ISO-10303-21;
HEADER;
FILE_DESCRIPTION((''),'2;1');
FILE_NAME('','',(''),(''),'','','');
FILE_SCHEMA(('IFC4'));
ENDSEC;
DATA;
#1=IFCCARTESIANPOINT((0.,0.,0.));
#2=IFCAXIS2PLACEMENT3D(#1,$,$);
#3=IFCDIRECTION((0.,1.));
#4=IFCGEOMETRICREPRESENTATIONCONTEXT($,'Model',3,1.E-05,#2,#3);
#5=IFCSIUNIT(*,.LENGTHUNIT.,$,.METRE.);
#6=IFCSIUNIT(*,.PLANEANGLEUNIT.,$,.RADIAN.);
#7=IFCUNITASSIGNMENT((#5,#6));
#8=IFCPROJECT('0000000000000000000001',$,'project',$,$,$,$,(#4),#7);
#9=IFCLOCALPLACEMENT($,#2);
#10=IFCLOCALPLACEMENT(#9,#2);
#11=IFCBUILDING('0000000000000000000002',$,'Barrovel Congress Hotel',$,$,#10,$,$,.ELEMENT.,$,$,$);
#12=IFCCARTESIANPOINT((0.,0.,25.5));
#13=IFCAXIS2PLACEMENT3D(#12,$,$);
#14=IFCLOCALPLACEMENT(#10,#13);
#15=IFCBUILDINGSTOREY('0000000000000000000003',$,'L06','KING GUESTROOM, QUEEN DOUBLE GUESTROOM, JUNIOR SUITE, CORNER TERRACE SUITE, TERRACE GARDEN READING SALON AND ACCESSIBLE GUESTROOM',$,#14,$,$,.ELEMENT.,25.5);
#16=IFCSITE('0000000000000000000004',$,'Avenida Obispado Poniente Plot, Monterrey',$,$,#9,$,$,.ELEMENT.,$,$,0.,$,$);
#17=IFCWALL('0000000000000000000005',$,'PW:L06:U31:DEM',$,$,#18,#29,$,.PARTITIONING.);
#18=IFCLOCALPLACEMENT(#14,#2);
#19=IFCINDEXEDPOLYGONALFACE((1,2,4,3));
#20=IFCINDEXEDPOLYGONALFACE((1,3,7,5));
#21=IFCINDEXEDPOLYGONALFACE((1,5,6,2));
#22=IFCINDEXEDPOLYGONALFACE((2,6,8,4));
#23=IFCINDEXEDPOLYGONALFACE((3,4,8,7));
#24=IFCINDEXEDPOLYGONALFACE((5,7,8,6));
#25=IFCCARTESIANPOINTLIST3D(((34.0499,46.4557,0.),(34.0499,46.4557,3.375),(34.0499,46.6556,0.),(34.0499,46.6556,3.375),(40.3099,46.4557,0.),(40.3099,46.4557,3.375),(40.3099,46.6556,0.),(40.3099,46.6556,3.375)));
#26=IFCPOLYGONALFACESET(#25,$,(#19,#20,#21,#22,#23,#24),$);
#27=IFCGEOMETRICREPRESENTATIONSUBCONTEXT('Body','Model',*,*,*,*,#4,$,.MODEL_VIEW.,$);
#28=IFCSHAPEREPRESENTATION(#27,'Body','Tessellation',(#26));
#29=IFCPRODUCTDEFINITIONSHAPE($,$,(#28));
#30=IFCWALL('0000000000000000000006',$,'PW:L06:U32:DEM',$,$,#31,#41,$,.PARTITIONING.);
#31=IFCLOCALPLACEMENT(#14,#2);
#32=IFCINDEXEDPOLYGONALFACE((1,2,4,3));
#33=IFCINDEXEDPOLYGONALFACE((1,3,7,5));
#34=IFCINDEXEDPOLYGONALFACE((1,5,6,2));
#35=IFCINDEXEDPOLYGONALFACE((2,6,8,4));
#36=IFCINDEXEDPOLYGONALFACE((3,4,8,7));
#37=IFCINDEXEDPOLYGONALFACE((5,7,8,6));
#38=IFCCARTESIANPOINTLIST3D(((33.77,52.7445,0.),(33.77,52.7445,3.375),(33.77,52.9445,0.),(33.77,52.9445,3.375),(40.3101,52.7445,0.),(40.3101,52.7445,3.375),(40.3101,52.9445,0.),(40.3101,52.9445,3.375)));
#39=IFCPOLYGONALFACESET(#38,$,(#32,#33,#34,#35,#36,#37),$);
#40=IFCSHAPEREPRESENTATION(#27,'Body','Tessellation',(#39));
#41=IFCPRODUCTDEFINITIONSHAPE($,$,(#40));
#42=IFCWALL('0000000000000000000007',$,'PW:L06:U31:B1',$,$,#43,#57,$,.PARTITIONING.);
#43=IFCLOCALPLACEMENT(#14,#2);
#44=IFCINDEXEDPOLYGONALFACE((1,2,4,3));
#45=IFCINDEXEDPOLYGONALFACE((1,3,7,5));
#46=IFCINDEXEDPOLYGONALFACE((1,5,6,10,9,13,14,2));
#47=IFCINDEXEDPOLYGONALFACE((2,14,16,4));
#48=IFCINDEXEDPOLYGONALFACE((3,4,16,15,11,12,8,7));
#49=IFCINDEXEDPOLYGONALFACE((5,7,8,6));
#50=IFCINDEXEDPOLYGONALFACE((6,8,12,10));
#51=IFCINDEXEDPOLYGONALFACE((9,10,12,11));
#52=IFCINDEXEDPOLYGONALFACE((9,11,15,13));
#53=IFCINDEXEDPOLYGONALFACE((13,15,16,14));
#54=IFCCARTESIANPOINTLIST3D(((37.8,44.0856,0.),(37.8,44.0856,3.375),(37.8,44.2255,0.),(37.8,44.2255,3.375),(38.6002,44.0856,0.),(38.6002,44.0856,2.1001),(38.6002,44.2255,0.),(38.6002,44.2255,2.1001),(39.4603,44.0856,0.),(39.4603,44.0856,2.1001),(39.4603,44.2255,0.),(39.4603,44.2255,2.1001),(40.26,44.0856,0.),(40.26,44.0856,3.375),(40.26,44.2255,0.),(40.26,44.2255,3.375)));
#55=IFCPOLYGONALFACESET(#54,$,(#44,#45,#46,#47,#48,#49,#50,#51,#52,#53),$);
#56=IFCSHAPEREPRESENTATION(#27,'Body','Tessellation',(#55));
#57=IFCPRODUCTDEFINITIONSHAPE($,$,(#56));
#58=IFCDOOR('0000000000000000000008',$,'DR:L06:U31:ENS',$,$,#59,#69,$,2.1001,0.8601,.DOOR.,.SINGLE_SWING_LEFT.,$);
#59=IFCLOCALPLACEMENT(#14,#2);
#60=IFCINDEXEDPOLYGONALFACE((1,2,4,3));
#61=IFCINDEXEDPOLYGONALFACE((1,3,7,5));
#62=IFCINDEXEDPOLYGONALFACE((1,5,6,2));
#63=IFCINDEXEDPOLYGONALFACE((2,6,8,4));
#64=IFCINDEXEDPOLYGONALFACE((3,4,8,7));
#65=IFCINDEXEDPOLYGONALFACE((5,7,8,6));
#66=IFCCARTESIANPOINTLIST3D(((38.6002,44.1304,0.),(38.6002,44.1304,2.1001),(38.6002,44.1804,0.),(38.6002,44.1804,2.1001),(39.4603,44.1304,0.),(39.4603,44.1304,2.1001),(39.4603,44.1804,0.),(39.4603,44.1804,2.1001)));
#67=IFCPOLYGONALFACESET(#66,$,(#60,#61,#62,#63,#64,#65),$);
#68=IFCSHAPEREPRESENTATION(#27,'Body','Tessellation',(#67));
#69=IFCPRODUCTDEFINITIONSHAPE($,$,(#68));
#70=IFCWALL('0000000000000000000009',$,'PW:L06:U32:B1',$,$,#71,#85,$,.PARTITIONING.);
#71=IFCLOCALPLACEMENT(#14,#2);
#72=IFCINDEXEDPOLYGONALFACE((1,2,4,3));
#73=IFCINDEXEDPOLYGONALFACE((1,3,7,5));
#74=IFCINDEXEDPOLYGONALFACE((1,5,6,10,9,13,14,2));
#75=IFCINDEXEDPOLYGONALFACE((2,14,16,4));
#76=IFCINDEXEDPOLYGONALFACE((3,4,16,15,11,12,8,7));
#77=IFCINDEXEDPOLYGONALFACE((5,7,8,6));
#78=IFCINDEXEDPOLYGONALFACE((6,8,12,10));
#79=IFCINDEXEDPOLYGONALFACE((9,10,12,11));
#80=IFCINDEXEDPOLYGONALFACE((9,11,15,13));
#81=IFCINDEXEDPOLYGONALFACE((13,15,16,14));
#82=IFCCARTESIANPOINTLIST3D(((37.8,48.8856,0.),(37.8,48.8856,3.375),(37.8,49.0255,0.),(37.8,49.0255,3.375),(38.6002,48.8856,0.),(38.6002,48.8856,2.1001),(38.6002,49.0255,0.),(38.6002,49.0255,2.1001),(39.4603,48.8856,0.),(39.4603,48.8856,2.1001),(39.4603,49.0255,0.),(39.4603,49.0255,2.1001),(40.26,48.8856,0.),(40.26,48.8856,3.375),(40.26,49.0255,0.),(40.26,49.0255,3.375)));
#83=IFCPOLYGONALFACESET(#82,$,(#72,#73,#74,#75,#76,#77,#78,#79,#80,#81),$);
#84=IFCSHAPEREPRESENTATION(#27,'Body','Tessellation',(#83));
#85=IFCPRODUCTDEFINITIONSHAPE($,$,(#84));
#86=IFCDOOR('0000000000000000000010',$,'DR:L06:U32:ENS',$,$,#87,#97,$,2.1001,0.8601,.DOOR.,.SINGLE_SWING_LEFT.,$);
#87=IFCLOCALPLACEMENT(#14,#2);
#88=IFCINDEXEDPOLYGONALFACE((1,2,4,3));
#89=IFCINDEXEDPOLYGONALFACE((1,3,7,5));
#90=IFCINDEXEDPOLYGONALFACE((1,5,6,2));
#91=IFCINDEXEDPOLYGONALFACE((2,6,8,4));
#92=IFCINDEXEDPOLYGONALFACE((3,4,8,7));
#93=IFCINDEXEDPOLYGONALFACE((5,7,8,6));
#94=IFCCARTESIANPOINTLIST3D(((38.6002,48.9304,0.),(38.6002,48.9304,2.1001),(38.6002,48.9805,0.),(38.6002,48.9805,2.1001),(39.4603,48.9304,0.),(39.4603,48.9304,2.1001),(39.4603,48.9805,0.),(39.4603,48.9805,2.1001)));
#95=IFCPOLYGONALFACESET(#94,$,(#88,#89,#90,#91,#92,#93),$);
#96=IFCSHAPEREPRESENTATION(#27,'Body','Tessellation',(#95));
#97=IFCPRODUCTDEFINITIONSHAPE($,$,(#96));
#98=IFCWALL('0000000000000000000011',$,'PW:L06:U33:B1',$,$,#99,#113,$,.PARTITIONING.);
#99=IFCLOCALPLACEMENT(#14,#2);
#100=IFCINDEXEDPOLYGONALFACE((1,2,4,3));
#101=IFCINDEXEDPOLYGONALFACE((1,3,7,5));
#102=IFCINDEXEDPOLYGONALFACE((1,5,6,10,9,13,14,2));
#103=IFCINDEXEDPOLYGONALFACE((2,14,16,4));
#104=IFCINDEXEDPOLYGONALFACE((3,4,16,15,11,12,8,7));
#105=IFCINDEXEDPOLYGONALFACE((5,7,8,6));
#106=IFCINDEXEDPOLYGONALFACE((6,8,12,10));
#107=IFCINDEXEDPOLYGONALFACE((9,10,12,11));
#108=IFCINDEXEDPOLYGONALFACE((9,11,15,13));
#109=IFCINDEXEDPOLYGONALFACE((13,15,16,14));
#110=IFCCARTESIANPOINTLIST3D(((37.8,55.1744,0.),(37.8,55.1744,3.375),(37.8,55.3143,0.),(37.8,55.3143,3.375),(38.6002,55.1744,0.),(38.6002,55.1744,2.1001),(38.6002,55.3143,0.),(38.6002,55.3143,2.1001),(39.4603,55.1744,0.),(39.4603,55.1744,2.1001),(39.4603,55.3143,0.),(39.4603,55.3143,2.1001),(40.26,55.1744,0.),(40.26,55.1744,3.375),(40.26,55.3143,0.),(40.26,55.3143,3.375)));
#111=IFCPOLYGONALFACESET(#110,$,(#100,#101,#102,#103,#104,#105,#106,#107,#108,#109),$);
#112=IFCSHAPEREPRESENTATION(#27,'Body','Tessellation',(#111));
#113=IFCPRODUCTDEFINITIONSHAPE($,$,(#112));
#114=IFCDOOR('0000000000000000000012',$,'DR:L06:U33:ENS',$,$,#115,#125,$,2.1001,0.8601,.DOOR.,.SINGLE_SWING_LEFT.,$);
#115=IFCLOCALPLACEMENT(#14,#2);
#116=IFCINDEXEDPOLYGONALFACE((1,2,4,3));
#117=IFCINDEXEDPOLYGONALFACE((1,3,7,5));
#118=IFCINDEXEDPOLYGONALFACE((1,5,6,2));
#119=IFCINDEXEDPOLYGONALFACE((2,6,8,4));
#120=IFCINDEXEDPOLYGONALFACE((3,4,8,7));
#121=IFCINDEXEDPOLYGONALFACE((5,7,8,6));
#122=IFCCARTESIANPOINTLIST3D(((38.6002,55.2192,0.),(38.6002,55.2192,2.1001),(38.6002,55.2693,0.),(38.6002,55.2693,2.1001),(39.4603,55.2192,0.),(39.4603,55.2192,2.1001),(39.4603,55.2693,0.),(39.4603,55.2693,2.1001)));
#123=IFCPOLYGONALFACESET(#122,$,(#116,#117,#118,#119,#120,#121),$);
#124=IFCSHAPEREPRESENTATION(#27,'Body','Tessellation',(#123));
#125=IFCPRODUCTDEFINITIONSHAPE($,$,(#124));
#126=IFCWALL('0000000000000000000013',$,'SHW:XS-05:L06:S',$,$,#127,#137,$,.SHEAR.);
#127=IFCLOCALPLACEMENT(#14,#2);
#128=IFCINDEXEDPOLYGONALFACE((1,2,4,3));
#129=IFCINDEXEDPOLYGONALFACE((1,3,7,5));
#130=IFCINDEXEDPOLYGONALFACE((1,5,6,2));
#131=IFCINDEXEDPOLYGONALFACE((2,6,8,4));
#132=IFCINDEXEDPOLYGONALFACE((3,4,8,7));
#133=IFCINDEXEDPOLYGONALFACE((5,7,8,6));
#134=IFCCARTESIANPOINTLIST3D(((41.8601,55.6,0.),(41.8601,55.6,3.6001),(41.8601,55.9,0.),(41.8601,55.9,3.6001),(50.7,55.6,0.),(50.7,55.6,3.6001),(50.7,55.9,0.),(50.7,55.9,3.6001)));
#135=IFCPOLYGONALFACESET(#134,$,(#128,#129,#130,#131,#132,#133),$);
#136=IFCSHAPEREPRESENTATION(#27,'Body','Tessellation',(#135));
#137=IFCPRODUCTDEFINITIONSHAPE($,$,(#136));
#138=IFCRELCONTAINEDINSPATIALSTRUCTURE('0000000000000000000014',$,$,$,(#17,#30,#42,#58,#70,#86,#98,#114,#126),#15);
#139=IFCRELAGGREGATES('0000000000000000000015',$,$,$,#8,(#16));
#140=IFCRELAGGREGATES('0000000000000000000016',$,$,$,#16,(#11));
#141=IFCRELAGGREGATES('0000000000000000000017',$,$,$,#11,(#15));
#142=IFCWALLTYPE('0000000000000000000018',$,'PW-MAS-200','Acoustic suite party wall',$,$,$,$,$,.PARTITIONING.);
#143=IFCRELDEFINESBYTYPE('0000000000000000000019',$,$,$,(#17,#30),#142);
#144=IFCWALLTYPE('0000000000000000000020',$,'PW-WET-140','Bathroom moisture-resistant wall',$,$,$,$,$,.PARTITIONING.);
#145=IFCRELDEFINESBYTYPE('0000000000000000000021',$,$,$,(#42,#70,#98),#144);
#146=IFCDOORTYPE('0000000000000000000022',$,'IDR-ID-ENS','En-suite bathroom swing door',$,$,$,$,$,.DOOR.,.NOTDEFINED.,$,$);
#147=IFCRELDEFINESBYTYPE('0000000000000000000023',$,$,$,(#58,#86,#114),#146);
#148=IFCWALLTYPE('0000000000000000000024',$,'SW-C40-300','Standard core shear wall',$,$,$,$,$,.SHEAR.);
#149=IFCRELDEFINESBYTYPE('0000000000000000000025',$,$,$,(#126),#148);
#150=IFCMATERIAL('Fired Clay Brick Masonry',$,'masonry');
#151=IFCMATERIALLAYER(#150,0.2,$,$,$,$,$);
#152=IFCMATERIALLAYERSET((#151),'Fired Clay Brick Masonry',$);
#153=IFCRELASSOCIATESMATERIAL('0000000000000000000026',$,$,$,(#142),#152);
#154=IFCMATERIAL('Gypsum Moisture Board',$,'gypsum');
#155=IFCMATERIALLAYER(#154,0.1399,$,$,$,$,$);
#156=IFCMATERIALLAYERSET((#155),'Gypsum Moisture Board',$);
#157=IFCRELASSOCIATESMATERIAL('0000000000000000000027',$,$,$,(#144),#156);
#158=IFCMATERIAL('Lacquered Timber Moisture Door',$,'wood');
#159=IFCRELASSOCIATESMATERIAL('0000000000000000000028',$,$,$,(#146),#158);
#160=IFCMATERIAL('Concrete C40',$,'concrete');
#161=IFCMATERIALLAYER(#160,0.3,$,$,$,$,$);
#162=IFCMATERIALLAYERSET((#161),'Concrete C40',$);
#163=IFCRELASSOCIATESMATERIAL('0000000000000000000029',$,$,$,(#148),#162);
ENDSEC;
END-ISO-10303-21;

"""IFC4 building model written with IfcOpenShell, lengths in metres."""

from ifc_helpers import new_model, si_unit, direction, frame, frame_2d, origin, place, context, subcontext, project, spatial, rectangle, extrude, material, layer, layer_set, type_object, element, fill, save


model = new_model("IFC4")

# Units and contexts
model_context = context("Model", 3, precision=1e-05, world=origin(), true_north=direction((0.0, 1.0)))
body_context = subcontext(model_context, "Body", "Model", "MODEL_VIEW")
ifc_project = project(units=[si_unit("LENGTHUNIT", "METRE"), si_unit("PLANEANGLEUNIT", "RADIAN")], contexts=[model_context])

# Site, building, storey
site_placement = place(None, origin())
site = spatial("IfcSite", under=ifc_project, at=site_placement, Name="Avenida Obispado Poniente Plot, Monterrey", CompositionType="ELEMENT", RefElevation=0.0)
building_placement = place(site_placement, origin())
building = spatial("IfcBuilding", under=site, at=building_placement, Name="Barrovel Congress Hotel", CompositionType="ELEMENT")
storey_placement = place(building_placement, frame((0.0, 0.0, 25.5)))
storey = spatial("IfcBuildingStorey", under=building, at=storey_placement, Name="L06", Description="KING GUESTROOM, QUEEN DOUBLE GUESTROOM, JUNIOR SUITE, CORNER TERRACE SUITE, TERRACE GARDEN READING SALON AND ACCESSIBLE GUESTROOM", CompositionType="ELEMENT", Elevation=25.5)

# Shared definitions
ifc_material_1 = material(Name="Concrete C40", Category="concrete")

# Shared definitions
ifc_material_2 = material(Name="Fired Clay Brick Masonry", Category="masonry")

# Walls
ifc_layer_1 = layer(ifc_material_2, 0.2)
ifc_layer_set_1 = layer_set([ifc_layer_1], Name="Fired Clay Brick Masonry")
wall_type_1 = type_object("IfcWallType", Name="PW-MAS-200", Description="Acoustic suite party wall", PredefinedType="PARTITIONING", material=ifc_layer_set_1)
wall_1_placement = place(storey_placement, frame((34.05, 46.5557, 0.0), z_axis=(0.0, 0.0, 1.0), x_axis=(1.0, 0.0, 0.0)))
element("IfcWall", 1, at=wall_1_placement, inside=storey, type_object=wall_type_1, Name="PW:L06:U31:DEM", PredefinedType="PARTITIONING", context=body_context, shape_type="SweptSolid", body=[
    extrude(rectangle(XDim=6.26, YDim=0.2, at=frame_2d((3.1299, 0.0))), origin(), (0.0, 0.0, 1.0), 3.375),
])
wall_2_placement = place(storey_placement, frame((33.77, 52.8445, 0.0), z_axis=(0.0, 0.0, 1.0), x_axis=(1.0, 0.0, 0.0)))
element("IfcWall", 2, at=wall_2_placement, inside=storey, type_object=wall_type_1, Name="PW:L06:U32:DEM", PredefinedType="PARTITIONING", context=body_context, shape_type="SweptSolid", body=[
    extrude(rectangle(XDim=6.54, YDim=0.2, at=frame_2d((3.27, 0.0))), origin(), (0.0, 0.0, 1.0), 3.375),
])

# Walls, openings, doors
ifc_material_3 = material(Name="Gypsum Moisture Board", Category="gypsum")
ifc_layer_2 = layer(ifc_material_3, 0.1399)
ifc_layer_set_2 = layer_set([ifc_layer_2], Name="Gypsum Moisture Board")
wall_type_2 = type_object("IfcWallType", Name="PW-WET-140", Description="Bathroom moisture-resistant wall", PredefinedType="PARTITIONING", material=ifc_layer_set_2)
wall_3_placement = place(storey_placement, frame((37.8, 44.1555, 0.0), z_axis=(0.0, 0.0, 1.0), x_axis=(1.0, 0.0, 0.0)))
wall_3 = element("IfcWall", 3, at=wall_3_placement, inside=storey, type_object=wall_type_2, Name="PW:L06:U31:B1", PredefinedType="PARTITIONING", context=body_context, shape_type="SweptSolid", body=[
    extrude(rectangle(XDim=2.46, YDim=0.1399, at=frame_2d((1.23, 0.0))), origin(), (0.0, 0.0, 1.0), 3.375),
])
opening_1_placement = place(wall_3_placement, frame((0.8, 0.0, 0.0)))
opening_1 = element("IfcOpeningElement", 4, at=opening_1_placement, cuts=wall_3, PredefinedType="OPENING", context=body_context, shape_type="SweptSolid", body=[
    extrude(rectangle(XDim=0.8601, YDim=2.1001, at=frame_2d((0.4302, 1.05))), frame((0.0, 0.0801, 0.0), z_axis=(0.0, -1.0, 0.0), x_axis=(1.0, 0.0, 0.0)), (0.0, 0.0, 1.0), 0.1599),
])
ifc_material_4 = material(Name="Lacquered Timber Moisture Door", Category="wood")
door_type_1 = type_object("IfcDoorType", Name="IDR-ID-ENS", Description="En-suite bathroom swing door", OperationType="NOTDEFINED", PredefinedType="DOOR", material=ifc_material_4)
door_1_placement = place(opening_1_placement, origin())
door_1 = element("IfcDoor", 5, at=door_1_placement, inside=storey, type_object=door_type_1, Name="DR:L06:U31:ENS", OperationType="SINGLE_SWING_LEFT", OverallHeight=2.1001, OverallWidth=0.8601, PredefinedType="DOOR", context=body_context, shape_type="SweptSolid", body=[
    extrude(rectangle(XDim=0.8601, YDim=2.1001, at=frame_2d((0.4302, 1.05))), frame((0.0, 0.0249, 0.0), z_axis=(0.0, -1.0, 0.0), x_axis=(1.0, 0.0, 0.0)), (0.0, 0.0, 1.0), 0.05),
])
fill(opening_1, door_1)
wall_4_placement = place(storey_placement, frame((37.8, 48.9556, 0.0), z_axis=(0.0, 0.0, 1.0), x_axis=(1.0, 0.0, 0.0)))
wall_4 = element("IfcWall", 6, at=wall_4_placement, inside=storey, type_object=wall_type_2, Name="PW:L06:U32:B1", PredefinedType="PARTITIONING", context=body_context, shape_type="SweptSolid", body=[
    extrude(rectangle(XDim=2.46, YDim=0.1399, at=frame_2d((1.23, 0.0))), origin(), (0.0, 0.0, 1.0), 3.375),
])
opening_2_placement = place(wall_4_placement, frame((0.8, 0.0, 0.0)))
opening_2 = element("IfcOpeningElement", 7, at=opening_2_placement, cuts=wall_4, PredefinedType="OPENING", context=body_context, shape_type="SweptSolid", body=[
    extrude(rectangle(XDim=0.8601, YDim=2.1001, at=frame_2d((0.4302, 1.05))), frame((0.0, 0.0801, 0.0), z_axis=(0.0, -1.0, 0.0), x_axis=(1.0, 0.0, 0.0)), (0.0, 0.0, 1.0), 0.1599),
])
door_2_placement = place(opening_2_placement, origin())
door_2 = element("IfcDoor", 8, at=door_2_placement, inside=storey, type_object=door_type_1, Name="DR:L06:U32:ENS", OperationType="SINGLE_SWING_LEFT", OverallHeight=2.1001, OverallWidth=0.8601, PredefinedType="DOOR", context=body_context, shape_type="SweptSolid", body=[
    extrude(rectangle(XDim=0.8601, YDim=2.1001, at=frame_2d((0.4302, 1.05))), frame((0.0, 0.0249, 0.0), z_axis=(0.0, -1.0, 0.0), x_axis=(1.0, 0.0, 0.0)), (0.0, 0.0, 1.0), 0.05),
])
fill(opening_2, door_2)
wall_5_placement = place(storey_placement, frame((37.8, 55.2444, 0.0), z_axis=(0.0, 0.0, 1.0), x_axis=(1.0, 0.0, 0.0)))
wall_5 = element("IfcWall", 9, at=wall_5_placement, inside=storey, type_object=wall_type_2, Name="PW:L06:U33:B1", PredefinedType="PARTITIONING", context=body_context, shape_type="SweptSolid", body=[
    extrude(rectangle(XDim=2.46, YDim=0.1399, at=frame_2d((1.23, 0.0))), origin(), (0.0, 0.0, 1.0), 3.375),
])
opening_3_placement = place(wall_5_placement, frame((0.8, 0.0, 0.0)))
opening_3 = element("IfcOpeningElement", 10, at=opening_3_placement, cuts=wall_5, PredefinedType="OPENING", context=body_context, shape_type="SweptSolid", body=[
    extrude(rectangle(XDim=0.8601, YDim=2.1001, at=frame_2d((0.4302, 1.05))), frame((0.0, 0.0801, 0.0), z_axis=(0.0, -1.0, 0.0), x_axis=(1.0, 0.0, 0.0)), (0.0, 0.0, 1.0), 0.1599),
])
door_3_placement = place(opening_3_placement, origin())
door_3 = element("IfcDoor", 11, at=door_3_placement, inside=storey, type_object=door_type_1, Name="DR:L06:U33:ENS", OperationType="SINGLE_SWING_LEFT", OverallHeight=2.1001, OverallWidth=0.8601, PredefinedType="DOOR", context=body_context, shape_type="SweptSolid", body=[
    extrude(rectangle(XDim=0.8601, YDim=2.1001, at=frame_2d((0.4302, 1.05))), frame((0.0, 0.0249, 0.0), z_axis=(0.0, -1.0, 0.0), x_axis=(1.0, 0.0, 0.0)), (0.0, 0.0, 1.0), 0.05),
])
fill(opening_3, door_3)

# Wall
ifc_layer_3 = layer(ifc_material_1, 0.3)
ifc_layer_set_3 = layer_set([ifc_layer_3], Name="Concrete C40")
wall_type_3 = type_object("IfcWallType", Name="SW-C40-300", Description="Standard core shear wall", PredefinedType="SHEAR", material=ifc_layer_set_3)
wall_6_placement = place(storey_placement, frame((41.8601, 55.75, 0.0), z_axis=(0.0, 0.0, 1.0), x_axis=(1.0, 0.0, 0.0)))
element("IfcWall", 12, at=wall_6_placement, inside=storey, type_object=wall_type_3, Name="SHW:XS-05:L06:S", PredefinedType="SHEAR", context=body_context, shape_type="SweptSolid", body=[
    extrude(rectangle(XDim=8.8398, YDim=0.3, at=frame_2d((4.4199, 0.0))), origin(), (0.0, 0.0, 1.0), 3.6001),
])

save(model, "model.ifc")
